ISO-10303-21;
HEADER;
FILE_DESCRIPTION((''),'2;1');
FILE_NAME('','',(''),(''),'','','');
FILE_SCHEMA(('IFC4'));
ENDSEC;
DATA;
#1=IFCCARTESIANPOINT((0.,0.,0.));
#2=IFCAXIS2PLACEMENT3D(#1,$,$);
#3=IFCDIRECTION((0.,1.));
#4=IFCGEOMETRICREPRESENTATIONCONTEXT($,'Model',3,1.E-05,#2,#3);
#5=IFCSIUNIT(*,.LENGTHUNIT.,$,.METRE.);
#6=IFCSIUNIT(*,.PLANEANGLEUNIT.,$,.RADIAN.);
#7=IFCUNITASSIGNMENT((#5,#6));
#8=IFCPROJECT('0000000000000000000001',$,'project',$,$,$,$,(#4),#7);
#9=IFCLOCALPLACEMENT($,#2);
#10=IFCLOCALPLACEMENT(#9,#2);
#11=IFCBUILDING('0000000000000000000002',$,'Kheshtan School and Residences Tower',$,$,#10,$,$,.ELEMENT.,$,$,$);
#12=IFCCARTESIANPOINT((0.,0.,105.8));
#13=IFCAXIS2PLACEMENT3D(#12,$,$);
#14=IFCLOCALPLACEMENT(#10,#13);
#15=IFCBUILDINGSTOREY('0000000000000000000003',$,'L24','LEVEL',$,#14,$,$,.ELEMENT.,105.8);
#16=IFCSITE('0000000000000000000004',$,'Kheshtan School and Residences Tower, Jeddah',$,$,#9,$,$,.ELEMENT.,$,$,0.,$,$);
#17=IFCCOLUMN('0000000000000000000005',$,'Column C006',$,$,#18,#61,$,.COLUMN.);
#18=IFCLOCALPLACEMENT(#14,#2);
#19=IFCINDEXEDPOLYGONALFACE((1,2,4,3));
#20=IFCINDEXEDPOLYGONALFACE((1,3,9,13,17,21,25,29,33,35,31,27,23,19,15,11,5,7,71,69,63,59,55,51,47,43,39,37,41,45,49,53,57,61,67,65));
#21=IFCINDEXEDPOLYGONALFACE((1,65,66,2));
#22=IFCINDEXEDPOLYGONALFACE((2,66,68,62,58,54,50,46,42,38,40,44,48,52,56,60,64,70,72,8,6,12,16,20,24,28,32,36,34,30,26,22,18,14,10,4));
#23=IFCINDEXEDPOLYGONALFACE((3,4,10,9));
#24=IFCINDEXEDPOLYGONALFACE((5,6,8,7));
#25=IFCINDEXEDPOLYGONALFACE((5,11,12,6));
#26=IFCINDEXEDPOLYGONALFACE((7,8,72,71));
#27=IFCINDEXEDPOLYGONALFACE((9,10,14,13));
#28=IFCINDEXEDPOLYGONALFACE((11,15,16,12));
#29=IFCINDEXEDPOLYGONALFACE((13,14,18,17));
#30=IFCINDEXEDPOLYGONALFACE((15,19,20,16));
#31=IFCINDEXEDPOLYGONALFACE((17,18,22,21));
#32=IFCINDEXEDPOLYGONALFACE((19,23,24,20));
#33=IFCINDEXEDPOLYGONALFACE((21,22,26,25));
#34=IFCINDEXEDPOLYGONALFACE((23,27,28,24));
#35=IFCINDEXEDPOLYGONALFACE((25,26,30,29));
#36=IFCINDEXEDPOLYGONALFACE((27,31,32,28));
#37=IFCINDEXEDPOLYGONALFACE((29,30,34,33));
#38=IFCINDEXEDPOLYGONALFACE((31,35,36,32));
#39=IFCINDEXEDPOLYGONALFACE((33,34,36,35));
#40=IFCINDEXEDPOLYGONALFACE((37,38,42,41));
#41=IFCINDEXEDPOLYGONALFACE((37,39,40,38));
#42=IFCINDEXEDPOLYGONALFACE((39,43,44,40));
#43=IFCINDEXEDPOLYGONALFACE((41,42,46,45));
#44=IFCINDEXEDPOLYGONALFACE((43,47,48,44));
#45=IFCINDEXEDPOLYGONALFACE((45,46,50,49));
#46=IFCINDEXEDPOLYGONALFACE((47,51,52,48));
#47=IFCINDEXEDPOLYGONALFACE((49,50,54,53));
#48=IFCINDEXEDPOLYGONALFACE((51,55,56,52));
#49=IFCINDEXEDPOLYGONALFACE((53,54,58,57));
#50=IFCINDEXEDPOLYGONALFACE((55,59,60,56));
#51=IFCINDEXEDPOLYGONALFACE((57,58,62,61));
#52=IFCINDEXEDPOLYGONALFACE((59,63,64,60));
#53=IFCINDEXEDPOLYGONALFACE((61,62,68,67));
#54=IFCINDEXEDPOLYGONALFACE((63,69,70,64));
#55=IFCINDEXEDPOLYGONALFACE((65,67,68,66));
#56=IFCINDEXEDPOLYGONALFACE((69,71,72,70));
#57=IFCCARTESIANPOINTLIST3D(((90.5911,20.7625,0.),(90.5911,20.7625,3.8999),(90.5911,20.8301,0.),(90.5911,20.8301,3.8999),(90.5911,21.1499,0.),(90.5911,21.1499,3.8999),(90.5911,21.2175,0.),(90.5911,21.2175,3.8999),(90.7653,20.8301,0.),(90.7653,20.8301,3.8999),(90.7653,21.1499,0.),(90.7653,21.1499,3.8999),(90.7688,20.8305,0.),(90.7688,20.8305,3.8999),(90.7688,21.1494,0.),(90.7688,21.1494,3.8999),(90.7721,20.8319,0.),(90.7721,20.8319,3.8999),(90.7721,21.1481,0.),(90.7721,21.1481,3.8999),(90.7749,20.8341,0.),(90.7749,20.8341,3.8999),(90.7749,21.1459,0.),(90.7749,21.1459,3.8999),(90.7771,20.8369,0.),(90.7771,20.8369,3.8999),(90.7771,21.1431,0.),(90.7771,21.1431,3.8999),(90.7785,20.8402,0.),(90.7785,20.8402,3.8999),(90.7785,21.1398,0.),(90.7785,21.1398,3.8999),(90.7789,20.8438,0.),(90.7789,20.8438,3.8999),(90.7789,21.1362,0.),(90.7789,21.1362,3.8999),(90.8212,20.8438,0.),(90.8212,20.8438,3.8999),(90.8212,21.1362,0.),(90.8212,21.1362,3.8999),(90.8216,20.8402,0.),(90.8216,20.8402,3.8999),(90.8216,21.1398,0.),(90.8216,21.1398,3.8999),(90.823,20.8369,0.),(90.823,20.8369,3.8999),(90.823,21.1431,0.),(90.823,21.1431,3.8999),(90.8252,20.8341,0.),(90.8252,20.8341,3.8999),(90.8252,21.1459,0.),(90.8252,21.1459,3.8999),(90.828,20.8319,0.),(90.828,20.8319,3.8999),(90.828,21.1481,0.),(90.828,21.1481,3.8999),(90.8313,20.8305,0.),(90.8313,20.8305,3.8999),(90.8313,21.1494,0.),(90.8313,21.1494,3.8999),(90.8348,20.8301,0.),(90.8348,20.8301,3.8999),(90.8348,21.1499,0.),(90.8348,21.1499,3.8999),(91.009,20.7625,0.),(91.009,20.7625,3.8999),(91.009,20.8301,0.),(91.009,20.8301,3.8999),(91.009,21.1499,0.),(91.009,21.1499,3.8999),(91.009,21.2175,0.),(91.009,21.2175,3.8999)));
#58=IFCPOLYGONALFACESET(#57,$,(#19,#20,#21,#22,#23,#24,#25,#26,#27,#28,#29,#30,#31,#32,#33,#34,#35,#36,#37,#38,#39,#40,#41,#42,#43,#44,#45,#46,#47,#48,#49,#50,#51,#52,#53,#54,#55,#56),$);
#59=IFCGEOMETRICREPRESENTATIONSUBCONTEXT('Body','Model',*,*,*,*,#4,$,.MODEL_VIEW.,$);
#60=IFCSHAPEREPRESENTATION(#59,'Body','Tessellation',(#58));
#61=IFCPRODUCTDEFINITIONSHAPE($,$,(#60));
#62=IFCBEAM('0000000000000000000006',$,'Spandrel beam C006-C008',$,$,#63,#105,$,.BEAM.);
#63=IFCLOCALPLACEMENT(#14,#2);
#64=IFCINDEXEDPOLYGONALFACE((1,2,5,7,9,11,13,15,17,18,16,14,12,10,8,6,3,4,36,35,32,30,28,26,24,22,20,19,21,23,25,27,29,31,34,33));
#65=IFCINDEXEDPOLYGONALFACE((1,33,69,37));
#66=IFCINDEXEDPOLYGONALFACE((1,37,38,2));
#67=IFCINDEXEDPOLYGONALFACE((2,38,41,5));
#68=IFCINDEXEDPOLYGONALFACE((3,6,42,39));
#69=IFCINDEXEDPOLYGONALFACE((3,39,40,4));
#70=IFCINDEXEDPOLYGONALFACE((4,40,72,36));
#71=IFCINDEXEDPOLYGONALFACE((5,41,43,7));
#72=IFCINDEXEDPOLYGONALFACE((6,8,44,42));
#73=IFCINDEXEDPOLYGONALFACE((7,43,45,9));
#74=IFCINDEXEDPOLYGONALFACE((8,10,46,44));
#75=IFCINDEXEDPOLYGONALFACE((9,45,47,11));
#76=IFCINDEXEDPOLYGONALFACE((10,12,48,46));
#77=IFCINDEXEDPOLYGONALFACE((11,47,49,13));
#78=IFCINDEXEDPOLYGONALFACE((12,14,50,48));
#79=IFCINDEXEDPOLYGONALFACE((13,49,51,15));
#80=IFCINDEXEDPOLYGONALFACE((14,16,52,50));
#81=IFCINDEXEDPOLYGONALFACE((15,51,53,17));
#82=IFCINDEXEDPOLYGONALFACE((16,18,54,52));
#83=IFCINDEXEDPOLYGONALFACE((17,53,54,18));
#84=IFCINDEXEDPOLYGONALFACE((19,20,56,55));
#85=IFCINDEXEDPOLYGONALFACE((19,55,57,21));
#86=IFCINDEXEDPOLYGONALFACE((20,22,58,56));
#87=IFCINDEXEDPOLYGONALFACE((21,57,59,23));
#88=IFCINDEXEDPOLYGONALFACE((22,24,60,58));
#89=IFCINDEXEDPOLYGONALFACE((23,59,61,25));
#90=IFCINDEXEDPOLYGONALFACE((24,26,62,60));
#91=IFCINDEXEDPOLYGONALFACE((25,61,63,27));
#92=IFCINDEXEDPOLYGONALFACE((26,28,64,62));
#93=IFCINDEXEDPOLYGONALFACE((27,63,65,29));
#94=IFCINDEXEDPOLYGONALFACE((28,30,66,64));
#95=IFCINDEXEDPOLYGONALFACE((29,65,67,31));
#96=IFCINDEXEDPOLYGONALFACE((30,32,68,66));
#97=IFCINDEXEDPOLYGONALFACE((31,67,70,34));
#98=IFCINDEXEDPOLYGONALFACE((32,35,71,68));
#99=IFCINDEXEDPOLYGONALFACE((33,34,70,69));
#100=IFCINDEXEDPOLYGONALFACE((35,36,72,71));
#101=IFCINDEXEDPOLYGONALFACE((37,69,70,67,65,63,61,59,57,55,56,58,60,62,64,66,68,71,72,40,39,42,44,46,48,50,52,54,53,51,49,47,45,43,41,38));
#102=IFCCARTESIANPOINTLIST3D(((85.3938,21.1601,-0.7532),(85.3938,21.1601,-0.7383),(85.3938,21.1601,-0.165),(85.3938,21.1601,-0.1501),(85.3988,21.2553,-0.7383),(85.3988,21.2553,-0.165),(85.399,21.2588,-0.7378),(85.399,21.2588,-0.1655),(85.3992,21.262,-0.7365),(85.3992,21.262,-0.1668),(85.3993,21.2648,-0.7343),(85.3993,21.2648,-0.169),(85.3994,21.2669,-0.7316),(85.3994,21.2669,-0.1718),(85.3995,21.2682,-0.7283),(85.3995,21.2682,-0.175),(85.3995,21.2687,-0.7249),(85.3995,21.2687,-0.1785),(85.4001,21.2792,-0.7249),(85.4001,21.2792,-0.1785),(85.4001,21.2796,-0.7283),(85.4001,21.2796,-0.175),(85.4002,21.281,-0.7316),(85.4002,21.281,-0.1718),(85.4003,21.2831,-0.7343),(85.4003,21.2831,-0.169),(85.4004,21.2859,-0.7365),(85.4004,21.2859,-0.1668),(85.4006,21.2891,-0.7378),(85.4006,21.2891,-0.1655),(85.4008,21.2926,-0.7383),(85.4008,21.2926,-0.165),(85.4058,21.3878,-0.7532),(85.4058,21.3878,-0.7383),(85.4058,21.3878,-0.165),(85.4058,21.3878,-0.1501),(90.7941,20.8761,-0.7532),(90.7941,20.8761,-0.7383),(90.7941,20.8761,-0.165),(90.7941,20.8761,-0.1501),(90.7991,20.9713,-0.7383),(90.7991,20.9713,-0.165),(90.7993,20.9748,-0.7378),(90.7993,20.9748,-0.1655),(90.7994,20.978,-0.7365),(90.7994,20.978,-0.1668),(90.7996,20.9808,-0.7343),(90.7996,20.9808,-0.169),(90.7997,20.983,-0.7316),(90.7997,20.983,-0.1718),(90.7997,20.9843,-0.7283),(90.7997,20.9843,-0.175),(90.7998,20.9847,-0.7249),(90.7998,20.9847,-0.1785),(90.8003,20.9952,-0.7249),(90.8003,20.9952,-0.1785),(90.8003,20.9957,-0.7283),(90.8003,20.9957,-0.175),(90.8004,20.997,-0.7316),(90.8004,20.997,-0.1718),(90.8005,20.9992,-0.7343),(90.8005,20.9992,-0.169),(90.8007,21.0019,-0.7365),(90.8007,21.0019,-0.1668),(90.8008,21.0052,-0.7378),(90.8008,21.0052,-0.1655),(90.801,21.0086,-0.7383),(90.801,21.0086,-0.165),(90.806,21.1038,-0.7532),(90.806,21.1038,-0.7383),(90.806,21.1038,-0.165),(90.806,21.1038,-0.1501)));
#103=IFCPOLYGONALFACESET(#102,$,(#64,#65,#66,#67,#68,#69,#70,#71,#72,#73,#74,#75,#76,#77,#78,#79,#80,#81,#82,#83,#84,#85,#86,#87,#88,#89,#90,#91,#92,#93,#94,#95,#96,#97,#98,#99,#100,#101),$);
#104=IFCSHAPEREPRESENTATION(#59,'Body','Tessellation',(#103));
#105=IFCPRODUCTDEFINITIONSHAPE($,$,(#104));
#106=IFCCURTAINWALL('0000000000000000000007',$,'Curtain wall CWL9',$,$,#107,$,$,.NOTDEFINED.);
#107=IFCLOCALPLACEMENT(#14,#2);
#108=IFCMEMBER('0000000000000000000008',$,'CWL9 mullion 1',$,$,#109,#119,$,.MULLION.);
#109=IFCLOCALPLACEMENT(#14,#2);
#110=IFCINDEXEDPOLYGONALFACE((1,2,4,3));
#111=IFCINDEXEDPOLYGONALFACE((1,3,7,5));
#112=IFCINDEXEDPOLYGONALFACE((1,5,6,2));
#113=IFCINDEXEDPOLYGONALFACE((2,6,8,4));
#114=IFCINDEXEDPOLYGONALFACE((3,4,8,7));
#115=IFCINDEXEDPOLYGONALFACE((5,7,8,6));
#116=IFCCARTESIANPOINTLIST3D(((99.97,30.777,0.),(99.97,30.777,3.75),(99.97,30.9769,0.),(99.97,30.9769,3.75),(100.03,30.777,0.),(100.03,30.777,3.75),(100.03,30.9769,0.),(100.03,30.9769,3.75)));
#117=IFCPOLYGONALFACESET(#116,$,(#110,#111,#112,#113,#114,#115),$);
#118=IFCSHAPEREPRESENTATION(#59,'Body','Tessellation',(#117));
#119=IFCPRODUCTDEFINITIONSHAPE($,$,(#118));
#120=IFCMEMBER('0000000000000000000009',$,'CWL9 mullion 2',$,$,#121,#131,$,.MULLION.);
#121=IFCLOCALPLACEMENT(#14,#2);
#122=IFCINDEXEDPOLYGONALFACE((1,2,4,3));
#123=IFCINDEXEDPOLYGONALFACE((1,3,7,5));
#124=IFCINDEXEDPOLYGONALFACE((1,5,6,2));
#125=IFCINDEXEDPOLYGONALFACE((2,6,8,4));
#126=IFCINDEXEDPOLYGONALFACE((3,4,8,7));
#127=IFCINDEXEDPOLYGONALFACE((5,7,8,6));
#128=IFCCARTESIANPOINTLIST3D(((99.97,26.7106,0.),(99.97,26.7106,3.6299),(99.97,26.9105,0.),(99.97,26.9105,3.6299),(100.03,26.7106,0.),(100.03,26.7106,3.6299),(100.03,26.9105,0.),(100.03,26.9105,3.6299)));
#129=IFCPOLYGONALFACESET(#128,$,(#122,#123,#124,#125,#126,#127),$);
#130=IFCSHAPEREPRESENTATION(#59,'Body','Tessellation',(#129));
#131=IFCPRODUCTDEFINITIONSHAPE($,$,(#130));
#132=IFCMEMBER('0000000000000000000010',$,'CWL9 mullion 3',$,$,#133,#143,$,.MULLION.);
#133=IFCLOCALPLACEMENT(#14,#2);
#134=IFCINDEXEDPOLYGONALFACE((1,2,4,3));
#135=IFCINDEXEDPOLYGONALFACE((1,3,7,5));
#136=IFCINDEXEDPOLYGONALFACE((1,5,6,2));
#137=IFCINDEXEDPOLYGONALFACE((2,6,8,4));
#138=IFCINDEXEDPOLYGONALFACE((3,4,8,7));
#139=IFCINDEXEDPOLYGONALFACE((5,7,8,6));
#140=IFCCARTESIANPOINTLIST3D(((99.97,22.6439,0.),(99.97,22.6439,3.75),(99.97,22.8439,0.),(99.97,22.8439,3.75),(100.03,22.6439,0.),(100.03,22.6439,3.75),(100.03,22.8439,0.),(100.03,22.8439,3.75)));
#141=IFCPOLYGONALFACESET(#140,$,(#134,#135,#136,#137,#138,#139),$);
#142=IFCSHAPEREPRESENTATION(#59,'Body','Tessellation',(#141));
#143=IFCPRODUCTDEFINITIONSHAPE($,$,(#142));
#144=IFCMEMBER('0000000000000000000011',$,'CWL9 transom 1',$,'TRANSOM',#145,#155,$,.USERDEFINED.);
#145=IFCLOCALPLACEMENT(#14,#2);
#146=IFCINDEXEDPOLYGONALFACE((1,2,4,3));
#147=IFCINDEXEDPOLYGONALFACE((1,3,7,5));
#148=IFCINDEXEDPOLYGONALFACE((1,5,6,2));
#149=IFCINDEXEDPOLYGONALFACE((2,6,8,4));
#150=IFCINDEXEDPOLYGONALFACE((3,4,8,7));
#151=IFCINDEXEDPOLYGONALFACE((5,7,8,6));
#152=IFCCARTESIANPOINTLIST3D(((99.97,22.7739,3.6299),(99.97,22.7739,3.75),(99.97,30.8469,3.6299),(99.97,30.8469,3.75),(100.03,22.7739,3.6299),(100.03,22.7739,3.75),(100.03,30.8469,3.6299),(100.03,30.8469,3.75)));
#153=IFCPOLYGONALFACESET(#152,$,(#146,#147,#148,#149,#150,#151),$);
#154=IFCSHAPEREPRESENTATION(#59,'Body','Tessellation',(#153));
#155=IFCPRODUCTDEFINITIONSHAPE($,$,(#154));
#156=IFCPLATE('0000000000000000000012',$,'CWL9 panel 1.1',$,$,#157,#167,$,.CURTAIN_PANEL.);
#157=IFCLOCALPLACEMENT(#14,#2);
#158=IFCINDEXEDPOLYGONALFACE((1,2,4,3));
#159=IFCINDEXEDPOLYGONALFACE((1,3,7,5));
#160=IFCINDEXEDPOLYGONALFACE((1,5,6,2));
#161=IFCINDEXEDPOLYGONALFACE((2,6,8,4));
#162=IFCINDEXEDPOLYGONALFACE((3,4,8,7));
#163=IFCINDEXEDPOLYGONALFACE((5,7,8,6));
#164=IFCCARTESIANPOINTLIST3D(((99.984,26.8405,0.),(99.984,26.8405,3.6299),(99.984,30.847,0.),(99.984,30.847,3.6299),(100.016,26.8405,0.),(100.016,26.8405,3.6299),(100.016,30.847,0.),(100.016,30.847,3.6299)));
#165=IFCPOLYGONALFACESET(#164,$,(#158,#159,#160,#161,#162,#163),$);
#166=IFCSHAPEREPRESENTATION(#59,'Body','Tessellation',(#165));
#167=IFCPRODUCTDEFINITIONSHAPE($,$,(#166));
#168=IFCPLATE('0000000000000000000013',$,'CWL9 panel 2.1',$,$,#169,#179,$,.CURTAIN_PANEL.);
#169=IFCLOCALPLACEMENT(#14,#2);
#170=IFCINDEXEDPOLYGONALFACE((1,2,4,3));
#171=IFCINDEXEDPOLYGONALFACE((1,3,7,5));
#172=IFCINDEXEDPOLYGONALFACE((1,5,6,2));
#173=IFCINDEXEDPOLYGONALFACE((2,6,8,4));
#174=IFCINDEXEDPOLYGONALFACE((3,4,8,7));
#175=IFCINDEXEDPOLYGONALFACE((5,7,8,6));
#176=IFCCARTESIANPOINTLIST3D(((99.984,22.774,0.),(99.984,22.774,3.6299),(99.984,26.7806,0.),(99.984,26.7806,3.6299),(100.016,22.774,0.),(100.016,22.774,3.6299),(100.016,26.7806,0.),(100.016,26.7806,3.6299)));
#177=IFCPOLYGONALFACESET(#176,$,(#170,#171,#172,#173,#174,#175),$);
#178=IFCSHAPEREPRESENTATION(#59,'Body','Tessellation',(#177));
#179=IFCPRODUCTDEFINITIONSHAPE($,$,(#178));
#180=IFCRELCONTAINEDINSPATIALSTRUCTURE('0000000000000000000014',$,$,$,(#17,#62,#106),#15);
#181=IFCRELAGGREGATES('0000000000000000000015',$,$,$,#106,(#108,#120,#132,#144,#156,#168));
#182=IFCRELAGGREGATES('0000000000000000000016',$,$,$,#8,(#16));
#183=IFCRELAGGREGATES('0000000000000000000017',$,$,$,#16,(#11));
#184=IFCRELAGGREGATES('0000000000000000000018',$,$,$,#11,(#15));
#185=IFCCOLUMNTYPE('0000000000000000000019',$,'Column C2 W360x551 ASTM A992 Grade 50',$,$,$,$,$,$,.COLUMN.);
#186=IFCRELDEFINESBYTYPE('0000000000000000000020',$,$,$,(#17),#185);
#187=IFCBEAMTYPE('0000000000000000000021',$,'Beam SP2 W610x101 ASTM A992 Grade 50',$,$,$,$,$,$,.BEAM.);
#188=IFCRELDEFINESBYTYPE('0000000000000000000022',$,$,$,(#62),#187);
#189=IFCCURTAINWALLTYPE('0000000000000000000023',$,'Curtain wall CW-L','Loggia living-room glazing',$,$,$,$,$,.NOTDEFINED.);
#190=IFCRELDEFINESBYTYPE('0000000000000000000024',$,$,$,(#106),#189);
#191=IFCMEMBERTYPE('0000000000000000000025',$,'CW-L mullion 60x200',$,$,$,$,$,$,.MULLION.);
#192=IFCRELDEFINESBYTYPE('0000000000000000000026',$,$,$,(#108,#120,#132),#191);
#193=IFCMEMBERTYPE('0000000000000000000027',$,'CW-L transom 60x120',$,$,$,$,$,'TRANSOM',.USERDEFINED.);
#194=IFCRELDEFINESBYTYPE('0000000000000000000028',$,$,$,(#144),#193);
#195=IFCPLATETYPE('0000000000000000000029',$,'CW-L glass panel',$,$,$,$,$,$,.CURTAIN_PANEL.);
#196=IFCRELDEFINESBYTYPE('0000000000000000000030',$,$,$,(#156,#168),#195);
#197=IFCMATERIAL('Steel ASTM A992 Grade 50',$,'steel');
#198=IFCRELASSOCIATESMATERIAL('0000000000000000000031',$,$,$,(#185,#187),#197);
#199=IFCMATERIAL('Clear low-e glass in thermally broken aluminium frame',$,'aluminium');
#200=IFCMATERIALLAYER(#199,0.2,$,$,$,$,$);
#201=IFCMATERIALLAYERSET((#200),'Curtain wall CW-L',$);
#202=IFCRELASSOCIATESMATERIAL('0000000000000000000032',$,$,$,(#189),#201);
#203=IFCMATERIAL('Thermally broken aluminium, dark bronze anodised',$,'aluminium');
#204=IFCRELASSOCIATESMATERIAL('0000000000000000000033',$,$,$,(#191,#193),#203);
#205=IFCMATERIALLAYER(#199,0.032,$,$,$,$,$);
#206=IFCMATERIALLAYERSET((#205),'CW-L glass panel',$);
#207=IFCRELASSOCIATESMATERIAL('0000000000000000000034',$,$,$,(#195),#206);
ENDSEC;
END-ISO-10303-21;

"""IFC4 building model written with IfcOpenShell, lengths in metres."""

from ifc_helpers import new_model, si_unit, direction, frame, origin, origin_2d, place, context, subcontext, project, spatial, rectangle, i_section, extrude, material, layer, layer_set, material_profile, profile_set, type_object, element, aggregate, save


model = new_model("IFC4")

# Units and contexts
model_context = context("Model", 3, precision=1e-05, world=origin(), true_north=direction((0.0, 1.0)))
body_context = subcontext(model_context, "Body", "Model", "MODEL_VIEW")
ifc_project = project(units=[si_unit("LENGTHUNIT", "METRE"), si_unit("PLANEANGLEUNIT", "RADIAN")], contexts=[model_context])

# Site, building, storey
site_placement = place(None, origin())
site = spatial("IfcSite", under=ifc_project, at=site_placement, Name="Kheshtan School and Residences Tower, Jeddah", CompositionType="ELEMENT", RefElevation=0.0)
building_placement = place(site_placement, origin())
building = spatial("IfcBuilding", under=site, at=building_placement, Name="Kheshtan School and Residences Tower", CompositionType="ELEMENT")
storey_placement = place(building_placement, frame((0.0, 0.0, 105.8)))
storey = spatial("IfcBuildingStorey", under=building, at=storey_placement, Name="L24", Description="LEVEL", CompositionType="ELEMENT", Elevation=105.8)

# Column
ifc_material_1 = material(Name="Steel ASTM A992 Grade 50", Category="steel")
ifc_material_profile_1 = material_profile(ifc_material_1, i_section(OverallWidth=0.418, OverallDepth=0.4551, WebThickness=0.0422, FlangeThickness=0.0676, FilletRadius=0.0137, at=origin_2d()), Name="W360x551")
ifc_profile_set_1 = profile_set([ifc_material_profile_1], Name="Steel ASTM A992 Grade 50")
column_type = type_object("IfcColumnType", Name="Column C2 W360x551 ASTM A992 Grade 50", PredefinedType="COLUMN", material=ifc_profile_set_1)
column_placement = place(storey_placement, frame((90.8, 20.99, 0.0), z_axis=(0.0, 0.0, 1.0), x_axis=(1.0, 0.0, 0.0)))
element("IfcColumn", 1, at=column_placement, inside=storey, type_object=column_type, Name="Column C006", PredefinedType="COLUMN", context=body_context, shape_type="SweptSolid", body=[
    extrude(i_section(OverallWidth=0.418, OverallDepth=0.4551, WebThickness=0.0422, FlangeThickness=0.0676, FilletRadius=0.0137, at=origin_2d()), origin(), (0.0, 0.0, 1.0), 3.8999),
])

# Beam
ifc_material_profile_2 = material_profile(ifc_material_1, i_section(OverallWidth=0.228, OverallDepth=0.603, WebThickness=0.0105, FlangeThickness=0.0149, FilletRadius=0.0134, at=origin_2d()), Name="W610x101")
ifc_profile_set_2 = profile_set([ifc_material_profile_2], Name="Steel ASTM A992 Grade 50")
beam_type = type_object("IfcBeamType", Name="Beam SP2 W610x101 ASTM A992 Grade 50", PredefinedType="BEAM", material=ifc_profile_set_2)
beam_placement = place(storey_placement, frame((90.8, 20.99, -0.4517), z_axis=(-0.998621, 0.052507, 0.0), x_axis=(-0.052507, -0.998621, 0.0)))
element("IfcBeam", 2, at=beam_placement, inside=storey, type_object=beam_type, Name="Spandrel beam C006-C008", PredefinedType="BEAM", context=body_context, shape_type="SweptSolid", body=[
    extrude(i_section(OverallWidth=0.228, OverallDepth=0.603, WebThickness=0.0105, FlangeThickness=0.0149, FilletRadius=0.0134, at=origin_2d()), origin(), (0.0, 0.0, 1.0), 5.4077),
])

# Curtain wall, members, plates
ifc_material_2 = material(Name="Clear low-e glass in thermally broken aluminium frame", Category="aluminium")
ifc_layer_1 = layer(ifc_material_2, 0.2)
ifc_layer_set_1 = layer_set([ifc_layer_1], Name="Curtain wall CW-L")
curtain_wall_type = type_object("IfcCurtainWallType", Name="Curtain wall CW-L", Description="Loggia living-room glazing", PredefinedType="NOTDEFINED", material=ifc_layer_set_1)
curtain_wall_placement = place(storey_placement, origin())
curtain_wall = element("IfcCurtainWall", 3, at=curtain_wall_placement, inside=storey, type_object=curtain_wall_type, Name="Curtain wall CWL9", PredefinedType="NOTDEFINED")
ifc_material_3 = material(Name="Thermally broken aluminium, dark bronze anodised", Category="aluminium")
ifc_material_profile_3 = material_profile(ifc_material_3, rectangle(XDim=0.0601, YDim=0.2, at=origin_2d()), Name="CW-L mullion 60x200")
ifc_profile_set_3 = profile_set([ifc_material_profile_3], Name="Thermally broken aluminium, dark bronze anodised")
member_type_1 = type_object("IfcMemberType", Name="CW-L mullion 60x200", PredefinedType="MULLION", material=ifc_profile_set_3)
member_1_placement = place(storey_placement, frame((100.0, 30.877, 0.0), z_axis=(0.0, 0.0, 1.0), x_axis=(1.0, 0.0, 0.0)))
member_1 = element("IfcMember", 4, at=member_1_placement, type_object=member_type_1, Name="CWL9 mullion 1", PredefinedType="MULLION", context=body_context, shape_type="SweptSolid", body=[
    extrude(rectangle(XDim=0.0601, YDim=0.2, at=origin_2d()), origin(), (0.0, 0.0, 1.0), 3.75),
])
member_2_placement = place(storey_placement, frame((100.0, 26.8105, 0.0), z_axis=(0.0, 0.0, 1.0), x_axis=(1.0, 0.0, 0.0)))
member_2 = element("IfcMember", 5, at=member_2_placement, type_object=member_type_1, Name="CWL9 mullion 2", PredefinedType="MULLION", context=body_context, shape_type="SweptSolid", body=[
    extrude(rectangle(XDim=0.0601, YDim=0.2, at=origin_2d()), origin(), (0.0, 0.0, 1.0), 3.6299),
])
member_3_placement = place(storey_placement, frame((100.0, 22.7439, 0.0), z_axis=(0.0, 0.0, 1.0), x_axis=(1.0, 0.0, 0.0)))
member_3 = element("IfcMember", 6, at=member_3_placement, type_object=member_type_1, Name="CWL9 mullion 3", PredefinedType="MULLION", context=body_context, shape_type="SweptSolid", body=[
    extrude(rectangle(XDim=0.0601, YDim=0.2, at=origin_2d()), origin(), (0.0, 0.0, 1.0), 3.75),
])
ifc_material_profile_4 = material_profile(ifc_material_3, rectangle(XDim=0.0601, YDim=0.1201, at=origin_2d()), Name="CW-L transom 60x120")
ifc_profile_set_4 = profile_set([ifc_material_profile_4], Name="Thermally broken aluminium, dark bronze anodised")
member_type_2 = type_object("IfcMemberType", Name="CW-L transom 60x120", ElementType="TRANSOM", PredefinedType="USERDEFINED", material=ifc_profile_set_4)
member_4_placement = place(storey_placement, frame((100.0, 30.8469, 3.6899), z_axis=(0.0, -1.0, 0.0), x_axis=(1.0, 0.0, 0.0)))
member_4 = element("IfcMember", 7, at=member_4_placement, type_object=member_type_2, Name="CWL9 transom 1", ObjectType="TRANSOM", PredefinedType="USERDEFINED", context=body_context, shape_type="SweptSolid", body=[
    extrude(rectangle(XDim=0.0601, YDim=0.1201, at=origin_2d()), origin(), (0.0, 0.0, 1.0), 8.073),
])
ifc_layer_2 = layer(ifc_material_2, 0.032)
ifc_layer_set_2 = layer_set([ifc_layer_2], Name="CW-L glass panel")
plate_type = type_object("IfcPlateType", Name="CW-L glass panel", PredefinedType="CURTAIN_PANEL", material=ifc_layer_set_2)
plate_1_placement = place(storey_placement, frame((100.0, 28.8438, 0.0), z_axis=(0.0, 0.0, 1.0), x_axis=(0.0, -1.0, 0.0)))
plate_1 = element("IfcPlate", 8, at=plate_1_placement, type_object=plate_type, Name="CWL9 panel 1.1", PredefinedType="CURTAIN_PANEL", context=body_context, shape_type="SweptSolid", body=[
    extrude(rectangle(XDim=4.0066, YDim=0.032, at=origin_2d()), origin(), (0.0, 0.0, 1.0), 3.6299),
])
plate_2_placement = place(storey_placement, frame((100.0, 24.7773, 0.0), z_axis=(0.0, 0.0, 1.0), x_axis=(0.0, -1.0, 0.0)))
plate_2 = element("IfcPlate", 9, at=plate_2_placement, type_object=plate_type, Name="CWL9 panel 2.1", PredefinedType="CURTAIN_PANEL", context=body_context, shape_type="SweptSolid", body=[
    extrude(rectangle(XDim=4.0066, YDim=0.032, at=origin_2d()), origin(), (0.0, 0.0, 1.0), 3.6299),
])
aggregate(curtain_wall, [member_1, member_2, member_3, member_4, plate_1, plate_2])

save(model, "model.ifc")
